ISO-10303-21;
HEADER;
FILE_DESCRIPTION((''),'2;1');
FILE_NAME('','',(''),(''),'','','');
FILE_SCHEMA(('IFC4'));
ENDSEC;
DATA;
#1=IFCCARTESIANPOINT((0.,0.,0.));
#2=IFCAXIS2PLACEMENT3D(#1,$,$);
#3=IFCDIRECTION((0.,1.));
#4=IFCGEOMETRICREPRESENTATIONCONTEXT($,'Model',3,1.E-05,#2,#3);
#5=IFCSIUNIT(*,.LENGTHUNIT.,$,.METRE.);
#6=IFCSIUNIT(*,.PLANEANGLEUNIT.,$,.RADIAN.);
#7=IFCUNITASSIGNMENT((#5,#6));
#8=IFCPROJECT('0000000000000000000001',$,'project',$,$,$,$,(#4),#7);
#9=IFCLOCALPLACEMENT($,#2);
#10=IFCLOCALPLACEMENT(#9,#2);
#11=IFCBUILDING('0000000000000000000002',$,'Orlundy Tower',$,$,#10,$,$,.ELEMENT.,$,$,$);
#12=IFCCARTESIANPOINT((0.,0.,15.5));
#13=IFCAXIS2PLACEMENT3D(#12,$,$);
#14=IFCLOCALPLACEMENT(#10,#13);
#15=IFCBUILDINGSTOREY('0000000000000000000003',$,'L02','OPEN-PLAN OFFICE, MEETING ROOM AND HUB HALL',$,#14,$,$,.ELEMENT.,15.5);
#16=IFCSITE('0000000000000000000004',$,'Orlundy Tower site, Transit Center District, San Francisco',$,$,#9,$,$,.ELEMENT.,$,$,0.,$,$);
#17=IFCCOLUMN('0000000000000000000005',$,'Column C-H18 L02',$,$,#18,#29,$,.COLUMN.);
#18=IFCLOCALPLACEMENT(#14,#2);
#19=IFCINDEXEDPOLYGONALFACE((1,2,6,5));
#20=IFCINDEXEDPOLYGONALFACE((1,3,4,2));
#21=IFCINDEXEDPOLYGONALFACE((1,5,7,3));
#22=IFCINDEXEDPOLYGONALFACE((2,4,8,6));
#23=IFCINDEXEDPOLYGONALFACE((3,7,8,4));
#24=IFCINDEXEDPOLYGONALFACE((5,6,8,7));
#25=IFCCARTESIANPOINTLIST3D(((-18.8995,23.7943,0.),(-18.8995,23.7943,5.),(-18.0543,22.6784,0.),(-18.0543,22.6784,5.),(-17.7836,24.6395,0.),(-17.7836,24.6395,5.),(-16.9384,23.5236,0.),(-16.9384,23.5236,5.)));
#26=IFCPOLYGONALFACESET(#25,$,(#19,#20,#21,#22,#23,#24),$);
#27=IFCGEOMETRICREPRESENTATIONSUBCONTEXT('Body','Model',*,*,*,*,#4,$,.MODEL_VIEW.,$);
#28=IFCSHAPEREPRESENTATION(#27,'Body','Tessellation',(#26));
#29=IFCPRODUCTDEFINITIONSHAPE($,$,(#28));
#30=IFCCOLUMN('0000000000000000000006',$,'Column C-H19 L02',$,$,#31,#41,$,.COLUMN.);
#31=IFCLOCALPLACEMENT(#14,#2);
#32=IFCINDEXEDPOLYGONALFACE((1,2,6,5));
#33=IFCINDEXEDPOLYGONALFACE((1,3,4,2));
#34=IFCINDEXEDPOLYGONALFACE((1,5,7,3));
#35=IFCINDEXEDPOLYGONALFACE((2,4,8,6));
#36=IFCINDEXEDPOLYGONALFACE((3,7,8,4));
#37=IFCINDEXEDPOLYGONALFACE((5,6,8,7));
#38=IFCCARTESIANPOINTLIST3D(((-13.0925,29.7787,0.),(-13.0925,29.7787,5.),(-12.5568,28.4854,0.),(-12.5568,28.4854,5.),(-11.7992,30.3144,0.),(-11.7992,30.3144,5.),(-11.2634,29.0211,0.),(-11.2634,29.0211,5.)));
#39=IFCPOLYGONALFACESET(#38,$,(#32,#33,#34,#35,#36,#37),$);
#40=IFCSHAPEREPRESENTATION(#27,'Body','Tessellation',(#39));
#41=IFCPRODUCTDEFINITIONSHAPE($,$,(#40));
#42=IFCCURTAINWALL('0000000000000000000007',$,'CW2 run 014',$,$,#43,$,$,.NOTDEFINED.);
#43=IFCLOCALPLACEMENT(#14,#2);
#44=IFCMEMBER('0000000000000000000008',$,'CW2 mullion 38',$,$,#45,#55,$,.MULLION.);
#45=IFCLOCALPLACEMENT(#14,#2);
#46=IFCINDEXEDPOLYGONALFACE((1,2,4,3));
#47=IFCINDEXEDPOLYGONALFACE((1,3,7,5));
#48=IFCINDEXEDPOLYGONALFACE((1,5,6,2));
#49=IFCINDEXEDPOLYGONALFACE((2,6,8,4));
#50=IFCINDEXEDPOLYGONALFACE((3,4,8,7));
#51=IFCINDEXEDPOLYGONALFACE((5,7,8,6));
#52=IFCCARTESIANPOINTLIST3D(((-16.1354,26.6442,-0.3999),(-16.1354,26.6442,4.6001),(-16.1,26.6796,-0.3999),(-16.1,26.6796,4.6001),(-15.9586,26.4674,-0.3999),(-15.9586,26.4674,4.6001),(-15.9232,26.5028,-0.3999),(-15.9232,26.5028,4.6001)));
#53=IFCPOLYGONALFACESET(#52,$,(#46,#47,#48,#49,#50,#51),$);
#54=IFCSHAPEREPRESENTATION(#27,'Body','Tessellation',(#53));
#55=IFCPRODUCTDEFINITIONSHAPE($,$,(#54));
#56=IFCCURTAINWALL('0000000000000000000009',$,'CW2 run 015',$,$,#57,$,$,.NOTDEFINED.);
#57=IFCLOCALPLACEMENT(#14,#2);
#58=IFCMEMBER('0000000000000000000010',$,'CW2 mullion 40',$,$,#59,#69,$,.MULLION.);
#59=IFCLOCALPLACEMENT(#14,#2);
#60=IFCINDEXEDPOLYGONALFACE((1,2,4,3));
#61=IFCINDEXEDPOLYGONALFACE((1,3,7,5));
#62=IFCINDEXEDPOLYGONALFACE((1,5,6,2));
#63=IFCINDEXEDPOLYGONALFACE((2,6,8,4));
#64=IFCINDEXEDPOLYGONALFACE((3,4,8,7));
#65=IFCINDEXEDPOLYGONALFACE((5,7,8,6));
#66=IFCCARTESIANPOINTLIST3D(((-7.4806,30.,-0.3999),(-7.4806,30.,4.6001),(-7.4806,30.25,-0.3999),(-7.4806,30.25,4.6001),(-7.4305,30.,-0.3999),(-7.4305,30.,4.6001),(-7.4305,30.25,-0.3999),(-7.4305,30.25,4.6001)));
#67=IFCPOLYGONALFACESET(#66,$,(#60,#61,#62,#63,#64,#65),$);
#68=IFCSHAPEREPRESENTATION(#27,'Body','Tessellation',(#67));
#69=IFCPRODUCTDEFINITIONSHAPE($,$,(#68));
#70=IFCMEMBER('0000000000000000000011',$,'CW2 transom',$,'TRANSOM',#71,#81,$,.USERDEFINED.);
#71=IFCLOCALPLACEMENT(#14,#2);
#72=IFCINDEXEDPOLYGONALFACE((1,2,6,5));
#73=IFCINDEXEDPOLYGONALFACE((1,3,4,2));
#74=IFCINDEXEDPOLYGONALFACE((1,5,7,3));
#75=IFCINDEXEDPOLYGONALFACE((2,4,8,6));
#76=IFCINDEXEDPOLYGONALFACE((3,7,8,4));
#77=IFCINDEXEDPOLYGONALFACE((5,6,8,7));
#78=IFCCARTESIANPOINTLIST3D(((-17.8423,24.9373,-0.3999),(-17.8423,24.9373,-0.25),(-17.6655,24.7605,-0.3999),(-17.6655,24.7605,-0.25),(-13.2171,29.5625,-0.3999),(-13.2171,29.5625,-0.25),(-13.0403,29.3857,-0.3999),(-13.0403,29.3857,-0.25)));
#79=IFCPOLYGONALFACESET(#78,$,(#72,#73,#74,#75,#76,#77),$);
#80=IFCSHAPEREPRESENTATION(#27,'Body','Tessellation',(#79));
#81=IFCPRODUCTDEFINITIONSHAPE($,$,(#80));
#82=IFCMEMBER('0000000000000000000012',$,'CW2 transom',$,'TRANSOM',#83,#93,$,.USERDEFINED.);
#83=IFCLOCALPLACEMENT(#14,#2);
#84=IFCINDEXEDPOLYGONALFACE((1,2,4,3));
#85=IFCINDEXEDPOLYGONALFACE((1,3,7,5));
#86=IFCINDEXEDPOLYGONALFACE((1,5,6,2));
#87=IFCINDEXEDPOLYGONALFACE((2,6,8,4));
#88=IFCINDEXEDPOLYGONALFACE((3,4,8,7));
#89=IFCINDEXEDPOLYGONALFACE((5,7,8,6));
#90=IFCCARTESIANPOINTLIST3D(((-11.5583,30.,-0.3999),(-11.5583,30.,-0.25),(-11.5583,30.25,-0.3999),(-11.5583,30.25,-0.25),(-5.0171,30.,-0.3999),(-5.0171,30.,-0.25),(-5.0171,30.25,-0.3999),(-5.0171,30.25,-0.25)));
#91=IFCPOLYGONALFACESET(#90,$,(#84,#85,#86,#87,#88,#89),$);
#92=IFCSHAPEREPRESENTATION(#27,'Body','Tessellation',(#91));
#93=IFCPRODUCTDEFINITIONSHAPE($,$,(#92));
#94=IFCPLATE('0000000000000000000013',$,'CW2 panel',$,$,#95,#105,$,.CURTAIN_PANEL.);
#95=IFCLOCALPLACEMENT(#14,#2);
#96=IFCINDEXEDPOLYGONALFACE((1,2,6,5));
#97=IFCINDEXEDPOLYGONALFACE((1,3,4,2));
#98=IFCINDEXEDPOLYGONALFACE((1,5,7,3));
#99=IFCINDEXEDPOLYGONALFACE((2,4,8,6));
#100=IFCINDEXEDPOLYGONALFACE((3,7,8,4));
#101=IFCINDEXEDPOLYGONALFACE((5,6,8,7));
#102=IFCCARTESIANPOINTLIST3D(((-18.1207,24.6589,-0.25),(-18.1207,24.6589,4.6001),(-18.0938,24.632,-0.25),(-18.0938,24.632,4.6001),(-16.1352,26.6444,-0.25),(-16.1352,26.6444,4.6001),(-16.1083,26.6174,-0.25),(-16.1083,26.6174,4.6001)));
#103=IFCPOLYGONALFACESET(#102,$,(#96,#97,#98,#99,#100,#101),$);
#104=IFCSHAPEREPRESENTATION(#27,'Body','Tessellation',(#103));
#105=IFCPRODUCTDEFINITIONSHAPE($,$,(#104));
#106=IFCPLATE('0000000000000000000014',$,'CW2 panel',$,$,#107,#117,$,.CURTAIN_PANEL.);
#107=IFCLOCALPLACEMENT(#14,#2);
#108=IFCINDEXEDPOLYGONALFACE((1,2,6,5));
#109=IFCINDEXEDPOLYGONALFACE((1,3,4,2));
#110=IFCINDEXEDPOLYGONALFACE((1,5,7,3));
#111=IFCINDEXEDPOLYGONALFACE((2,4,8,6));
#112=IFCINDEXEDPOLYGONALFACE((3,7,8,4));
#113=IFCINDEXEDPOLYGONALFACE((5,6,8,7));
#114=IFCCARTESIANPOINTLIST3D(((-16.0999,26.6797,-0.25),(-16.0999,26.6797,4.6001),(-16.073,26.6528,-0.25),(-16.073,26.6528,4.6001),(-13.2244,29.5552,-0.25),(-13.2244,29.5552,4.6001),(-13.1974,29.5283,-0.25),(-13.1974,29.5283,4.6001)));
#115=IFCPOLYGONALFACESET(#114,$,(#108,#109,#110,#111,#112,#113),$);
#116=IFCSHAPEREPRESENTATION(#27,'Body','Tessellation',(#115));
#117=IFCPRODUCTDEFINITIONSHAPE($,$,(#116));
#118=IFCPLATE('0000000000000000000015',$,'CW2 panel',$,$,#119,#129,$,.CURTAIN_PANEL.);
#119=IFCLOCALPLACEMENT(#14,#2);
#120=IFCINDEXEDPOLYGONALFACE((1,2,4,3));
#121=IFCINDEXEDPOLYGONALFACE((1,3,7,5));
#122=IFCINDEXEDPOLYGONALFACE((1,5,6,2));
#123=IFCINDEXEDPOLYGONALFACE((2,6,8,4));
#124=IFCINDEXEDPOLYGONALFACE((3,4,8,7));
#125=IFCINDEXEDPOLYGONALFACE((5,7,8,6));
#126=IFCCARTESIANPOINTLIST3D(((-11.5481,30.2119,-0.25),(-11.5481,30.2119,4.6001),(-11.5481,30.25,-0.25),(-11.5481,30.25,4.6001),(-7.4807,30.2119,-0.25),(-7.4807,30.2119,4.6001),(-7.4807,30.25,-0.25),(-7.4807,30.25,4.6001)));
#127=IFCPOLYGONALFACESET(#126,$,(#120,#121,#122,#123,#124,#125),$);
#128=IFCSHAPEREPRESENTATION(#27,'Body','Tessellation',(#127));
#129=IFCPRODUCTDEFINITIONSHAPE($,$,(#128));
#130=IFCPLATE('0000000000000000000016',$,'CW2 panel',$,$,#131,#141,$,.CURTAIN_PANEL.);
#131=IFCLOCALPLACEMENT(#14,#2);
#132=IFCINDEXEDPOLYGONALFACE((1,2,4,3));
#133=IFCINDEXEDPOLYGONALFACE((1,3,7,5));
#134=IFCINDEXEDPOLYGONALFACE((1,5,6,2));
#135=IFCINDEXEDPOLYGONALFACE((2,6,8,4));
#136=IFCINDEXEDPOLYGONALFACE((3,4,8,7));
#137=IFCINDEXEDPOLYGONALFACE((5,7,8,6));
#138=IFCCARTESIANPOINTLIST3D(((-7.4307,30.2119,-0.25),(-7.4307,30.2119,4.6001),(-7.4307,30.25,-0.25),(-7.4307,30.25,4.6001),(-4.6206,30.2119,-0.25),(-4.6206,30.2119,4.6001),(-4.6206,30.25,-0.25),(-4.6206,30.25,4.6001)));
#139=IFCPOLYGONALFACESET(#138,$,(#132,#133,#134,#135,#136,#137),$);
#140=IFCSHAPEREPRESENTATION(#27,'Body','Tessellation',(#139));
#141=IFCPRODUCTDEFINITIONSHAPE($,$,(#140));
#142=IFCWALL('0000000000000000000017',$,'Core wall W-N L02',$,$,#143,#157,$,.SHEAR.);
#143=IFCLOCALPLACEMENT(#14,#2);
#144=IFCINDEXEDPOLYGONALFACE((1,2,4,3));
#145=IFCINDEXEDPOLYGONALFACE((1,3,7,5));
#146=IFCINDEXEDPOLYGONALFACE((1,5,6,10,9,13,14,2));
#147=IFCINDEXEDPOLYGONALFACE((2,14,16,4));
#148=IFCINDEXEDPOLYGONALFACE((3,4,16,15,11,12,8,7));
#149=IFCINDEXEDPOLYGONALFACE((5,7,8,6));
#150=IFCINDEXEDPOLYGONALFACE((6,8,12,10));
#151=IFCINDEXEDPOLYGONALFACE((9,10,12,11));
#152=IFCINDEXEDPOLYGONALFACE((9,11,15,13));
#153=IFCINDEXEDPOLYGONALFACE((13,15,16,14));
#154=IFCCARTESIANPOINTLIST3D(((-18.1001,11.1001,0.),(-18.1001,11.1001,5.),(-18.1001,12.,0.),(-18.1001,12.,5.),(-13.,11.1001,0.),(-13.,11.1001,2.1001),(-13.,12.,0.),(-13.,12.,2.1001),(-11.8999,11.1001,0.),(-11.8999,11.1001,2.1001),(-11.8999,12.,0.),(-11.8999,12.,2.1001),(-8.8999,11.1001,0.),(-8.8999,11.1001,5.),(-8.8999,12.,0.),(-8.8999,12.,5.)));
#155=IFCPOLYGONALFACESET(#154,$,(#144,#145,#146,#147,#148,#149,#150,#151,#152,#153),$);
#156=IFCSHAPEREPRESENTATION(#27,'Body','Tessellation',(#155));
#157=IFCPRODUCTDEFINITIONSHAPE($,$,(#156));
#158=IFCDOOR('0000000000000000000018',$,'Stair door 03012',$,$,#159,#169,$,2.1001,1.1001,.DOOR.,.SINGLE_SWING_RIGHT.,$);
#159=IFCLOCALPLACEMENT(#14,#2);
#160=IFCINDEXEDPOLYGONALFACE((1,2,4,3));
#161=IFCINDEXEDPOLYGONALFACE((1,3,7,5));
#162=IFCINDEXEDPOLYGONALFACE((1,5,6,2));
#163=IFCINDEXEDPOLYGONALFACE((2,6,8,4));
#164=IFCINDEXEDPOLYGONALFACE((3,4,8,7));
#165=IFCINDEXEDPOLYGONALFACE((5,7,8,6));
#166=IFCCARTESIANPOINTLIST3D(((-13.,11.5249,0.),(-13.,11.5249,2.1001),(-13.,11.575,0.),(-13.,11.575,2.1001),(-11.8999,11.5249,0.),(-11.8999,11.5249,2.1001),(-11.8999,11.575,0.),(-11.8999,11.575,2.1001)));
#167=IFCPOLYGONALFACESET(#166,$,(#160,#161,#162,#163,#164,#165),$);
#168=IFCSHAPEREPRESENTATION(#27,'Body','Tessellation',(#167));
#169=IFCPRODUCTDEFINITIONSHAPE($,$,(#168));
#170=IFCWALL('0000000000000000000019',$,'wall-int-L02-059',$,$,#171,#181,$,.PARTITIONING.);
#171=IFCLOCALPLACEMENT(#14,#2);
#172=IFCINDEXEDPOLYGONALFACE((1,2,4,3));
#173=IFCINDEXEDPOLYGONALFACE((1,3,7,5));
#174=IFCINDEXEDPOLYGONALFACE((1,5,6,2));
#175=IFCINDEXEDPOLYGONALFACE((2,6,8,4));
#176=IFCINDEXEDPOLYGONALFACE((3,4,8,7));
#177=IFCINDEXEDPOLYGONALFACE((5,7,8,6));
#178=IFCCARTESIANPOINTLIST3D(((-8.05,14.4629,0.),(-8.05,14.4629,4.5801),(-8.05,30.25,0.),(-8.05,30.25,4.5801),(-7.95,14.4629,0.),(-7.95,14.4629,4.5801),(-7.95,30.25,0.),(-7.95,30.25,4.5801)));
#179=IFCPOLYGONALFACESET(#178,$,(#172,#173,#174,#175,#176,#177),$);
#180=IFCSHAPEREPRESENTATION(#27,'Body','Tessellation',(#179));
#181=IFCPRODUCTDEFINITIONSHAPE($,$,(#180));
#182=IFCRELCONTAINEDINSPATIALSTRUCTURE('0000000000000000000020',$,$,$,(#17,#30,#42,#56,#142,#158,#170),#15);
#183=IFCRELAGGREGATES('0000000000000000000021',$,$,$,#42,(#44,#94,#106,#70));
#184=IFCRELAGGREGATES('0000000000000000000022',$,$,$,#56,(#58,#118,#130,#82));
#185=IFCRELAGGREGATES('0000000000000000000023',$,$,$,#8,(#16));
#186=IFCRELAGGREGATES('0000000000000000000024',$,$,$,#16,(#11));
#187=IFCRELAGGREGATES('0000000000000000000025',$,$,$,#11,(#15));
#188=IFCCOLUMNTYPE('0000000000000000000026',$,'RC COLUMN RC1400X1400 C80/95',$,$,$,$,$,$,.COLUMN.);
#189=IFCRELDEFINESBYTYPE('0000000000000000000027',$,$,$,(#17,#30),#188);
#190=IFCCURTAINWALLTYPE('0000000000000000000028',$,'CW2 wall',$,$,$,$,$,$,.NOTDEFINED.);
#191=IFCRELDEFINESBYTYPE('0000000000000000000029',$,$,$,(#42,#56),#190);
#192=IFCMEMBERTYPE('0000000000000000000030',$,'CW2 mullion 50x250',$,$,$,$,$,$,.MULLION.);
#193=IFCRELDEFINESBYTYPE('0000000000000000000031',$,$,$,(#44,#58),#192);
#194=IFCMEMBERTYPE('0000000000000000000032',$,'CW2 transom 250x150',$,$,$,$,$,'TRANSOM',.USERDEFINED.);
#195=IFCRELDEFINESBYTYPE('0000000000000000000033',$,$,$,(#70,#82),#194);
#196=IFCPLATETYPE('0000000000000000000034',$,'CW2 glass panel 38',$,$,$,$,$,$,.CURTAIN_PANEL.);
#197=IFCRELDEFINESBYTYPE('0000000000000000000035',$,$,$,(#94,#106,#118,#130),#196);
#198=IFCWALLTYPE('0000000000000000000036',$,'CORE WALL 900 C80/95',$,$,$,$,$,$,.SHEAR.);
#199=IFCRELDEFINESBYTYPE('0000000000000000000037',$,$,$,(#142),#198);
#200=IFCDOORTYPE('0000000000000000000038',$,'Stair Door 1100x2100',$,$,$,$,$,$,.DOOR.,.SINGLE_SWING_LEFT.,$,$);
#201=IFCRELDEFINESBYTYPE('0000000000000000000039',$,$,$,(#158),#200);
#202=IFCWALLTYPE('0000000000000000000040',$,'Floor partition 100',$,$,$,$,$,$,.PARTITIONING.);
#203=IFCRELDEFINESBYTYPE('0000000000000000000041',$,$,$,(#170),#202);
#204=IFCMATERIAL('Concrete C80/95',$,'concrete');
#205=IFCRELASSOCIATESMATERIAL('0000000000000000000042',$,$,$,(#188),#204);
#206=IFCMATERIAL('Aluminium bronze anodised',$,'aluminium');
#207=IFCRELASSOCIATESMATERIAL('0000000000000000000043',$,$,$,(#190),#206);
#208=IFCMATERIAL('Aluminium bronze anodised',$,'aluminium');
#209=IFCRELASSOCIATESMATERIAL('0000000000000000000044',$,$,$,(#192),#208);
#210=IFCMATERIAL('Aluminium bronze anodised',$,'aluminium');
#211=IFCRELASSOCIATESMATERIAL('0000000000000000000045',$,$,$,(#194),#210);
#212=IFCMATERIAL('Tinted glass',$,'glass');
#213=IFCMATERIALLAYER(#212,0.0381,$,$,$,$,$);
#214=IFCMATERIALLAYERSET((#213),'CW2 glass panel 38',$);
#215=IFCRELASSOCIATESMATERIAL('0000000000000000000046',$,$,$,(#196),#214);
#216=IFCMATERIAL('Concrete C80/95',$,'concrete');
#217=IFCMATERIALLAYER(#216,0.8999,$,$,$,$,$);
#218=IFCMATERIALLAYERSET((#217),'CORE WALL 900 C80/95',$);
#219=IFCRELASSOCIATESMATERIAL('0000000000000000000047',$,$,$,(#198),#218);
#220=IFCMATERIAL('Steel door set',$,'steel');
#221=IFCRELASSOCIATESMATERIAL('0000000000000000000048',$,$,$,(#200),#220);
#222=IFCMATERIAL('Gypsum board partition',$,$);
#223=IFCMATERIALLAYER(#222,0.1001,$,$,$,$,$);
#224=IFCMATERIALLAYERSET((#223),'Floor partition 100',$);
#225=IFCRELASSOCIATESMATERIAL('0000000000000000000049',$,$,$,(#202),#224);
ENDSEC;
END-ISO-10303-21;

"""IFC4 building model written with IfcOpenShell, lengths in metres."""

from ifc_helpers import new_model, si_unit, direction, frame, frame_2d, origin, origin_2d, place, context, subcontext, project, spatial, rectangle, extrude, material, layer, layer_set, material_profile, profile_set, type_object, element, fill, aggregate, save


model = new_model("IFC4")

# Units and contexts
model_context = context("Model", 3, precision=1e-05, world=origin(), true_north=direction((0.0, 1.0)))
body_context = subcontext(model_context, "Body", "Model", "MODEL_VIEW")
ifc_project = project(units=[si_unit("LENGTHUNIT", "METRE"), si_unit("PLANEANGLEUNIT", "RADIAN")], contexts=[model_context])

# Site, building, storey
site_placement = place(None, origin())
site = spatial("IfcSite", under=ifc_project, at=site_placement, Name="Orlundy Tower site, Transit Center District, San Francisco", CompositionType="ELEMENT", RefElevation=0.0)
building_placement = place(site_placement, origin())
building = spatial("IfcBuilding", under=site, at=building_placement, Name="Orlundy Tower", CompositionType="ELEMENT")
storey_placement = place(building_placement, frame((0.0, 0.0, 15.5)))
storey = spatial("IfcBuildingStorey", under=building, at=storey_placement, Name="L02", Description="OPEN-PLAN OFFICE, MEETING ROOM AND HUB HALL", CompositionType="ELEMENT", Elevation=15.5)

# Columns
ifc_material_1 = material(Name="Concrete C80/95", Category="concrete")
ifc_material_profile_1 = material_profile(ifc_material_1, rectangle(XDim=1.3999, YDim=1.3999, at=origin_2d()), Name="RC1400X1400")
ifc_profile_set_1 = profile_set([ifc_material_profile_1], Name="Concrete C80/95")
column_type = type_object("IfcColumnType", Name="RC COLUMN RC1400X1400 C80/95", PredefinedType="COLUMN", material=ifc_profile_set_1)
for number, where, z_axis, x_axis, name in (
    (1, (-17.9189, 23.6589, 0.0), (0.0, 0.0, 1.0), (-0.603765, 0.797163, 0.0), "Column C-H18 L02"),
    (2, (-12.178, 29.3999, 0.0), (0.0, 0.0, 1.0), (-0.382683, 0.92388, 0.0), "Column C-H19 L02"),
):
    element("IfcColumn", number, at=place(storey_placement, frame(where, z_axis=z_axis, x_axis=x_axis)), inside=storey, type_object=column_type, Name=name, PredefinedType="COLUMN", context=body_context, shape_type="SweptSolid", body=[
        extrude(rectangle(XDim=1.3999, YDim=1.3999, at=origin_2d()), origin(), (0.0, 0.0, 1.0), 5.0),
    ])

# Curtain walls, members
ifc_material_2 = material(Name="Aluminium bronze anodised", Category="aluminium")
curtain_wall_type = type_object("IfcCurtainWallType", Name="CW2 wall", PredefinedType="NOTDEFINED", material=ifc_material_2)
curtain_wall_1_placement = place(storey_placement, origin())
curtain_wall_1 = element("IfcCurtainWall", 3, at=curtain_wall_1_placement, inside=storey, type_object=curtain_wall_type, Name="CW2 run 014", PredefinedType="NOTDEFINED")
ifc_material_3 = material(Name="Aluminium bronze anodised", Category="aluminium")
ifc_material_profile_2 = material_profile(ifc_material_3, rectangle(XDim=0.25, YDim=0.05, at=origin_2d()), Name="CW2 mullion 50x250")
ifc_profile_set_2 = profile_set([ifc_material_profile_2], Name="Aluminium bronze anodised")
member_type_1 = type_object("IfcMemberType", Name="CW2 mullion 50x250", PredefinedType="MULLION", material=ifc_profile_set_2)
member_1_placement = place(storey_placement, frame((-16.0293, 26.5735, -0.3999), z_axis=(0.0, 0.0, 1.0), x_axis=(-0.707107, 0.707107, 0.0)))
member_1 = element("IfcMember", 4, at=member_1_placement, type_object=member_type_1, Name="CW2 mullion 38", PredefinedType="MULLION", context=body_context, shape_type="SweptSolid", body=[
    extrude(rectangle(XDim=0.25, YDim=0.05, at=origin_2d()), origin(), (0.0, 0.0, 1.0), 5.0),
])
curtain_wall_2_placement = place(storey_placement, origin())
curtain_wall_2 = element("IfcCurtainWall", 5, at=curtain_wall_2_placement, inside=storey, type_object=curtain_wall_type, Name="CW2 run 015", PredefinedType="NOTDEFINED")
member_2_placement = place(storey_placement, frame((-7.4556, 30.125, -0.3999), z_axis=(0.0, 0.0, 1.0), x_axis=(0.0, 1.0, 0.0)))
member_2 = element("IfcMember", 6, at=member_2_placement, type_object=member_type_1, Name="CW2 mullion 40", PredefinedType="MULLION", context=body_context, shape_type="SweptSolid", body=[
    extrude(rectangle(XDim=0.25, YDim=0.05, at=origin_2d()), origin(), (0.0, 0.0, 1.0), 5.0),
])

# Members
ifc_material_4 = material(Name="Aluminium bronze anodised", Category="aluminium")
ifc_material_profile_3 = material_profile(ifc_material_4, rectangle(XDim=0.25, YDim=0.1499, at=origin_2d()), Name="CW2 transom 250x150")
ifc_profile_set_3 = profile_set([ifc_material_profile_3], Name="Aluminium bronze anodised")
member_type_2 = type_object("IfcMemberType", Name="CW2 transom 250x150", ElementType="TRANSOM", PredefinedType="USERDEFINED", material=ifc_profile_set_3)
member_3_placement = place(storey_placement, frame((-17.7539, 24.8489, -0.325), z_axis=(0.707107, 0.707107, 0.0), x_axis=(-0.707107, 0.707107, 0.0)))
member_3 = element("IfcMember", 7, at=member_3_placement, type_object=member_type_2, Name="CW2 transom", ObjectType="TRANSOM", PredefinedType="USERDEFINED", context=body_context, shape_type="SweptSolid", body=[
    extrude(rectangle(XDim=0.25, YDim=0.1499, at=origin_2d()), origin(), (0.0, 0.0, 1.0), 6.541),
])
member_4_placement = place(storey_placement, frame((-11.5583, 30.125, -0.325), z_axis=(1.0, 0.0, 0.0), x_axis=(0.0, 1.0, 0.0)))
member_4 = element("IfcMember", 8, at=member_4_placement, type_object=member_type_2, Name="CW2 transom", ObjectType="TRANSOM", PredefinedType="USERDEFINED", context=body_context, shape_type="SweptSolid", body=[
    extrude(rectangle(XDim=0.25, YDim=0.1499, at=origin_2d()), origin(), (0.0, 0.0, 1.0), 6.5413),
])

# Plates
ifc_material_5 = material(Name="Tinted glass", Category="glass")
ifc_layer_1 = layer(ifc_material_5, 0.0381)
ifc_layer_set_1 = layer_set([ifc_layer_1], Name="CW2 glass panel 38")
plate_type = type_object("IfcPlateType", Name="CW2 glass panel 38", PredefinedType="CURTAIN_PANEL", material=ifc_layer_set_1)
plate_1_placement = place(storey_placement, frame((-17.1145, 25.6382, -0.25), z_axis=(0.0, 0.0, 1.0), x_axis=(0.707107, 0.707107, 0.0)))
plate_1 = element("IfcPlate", 9, at=plate_1_placement, type_object=plate_type, Name="CW2 panel", PredefinedType="CURTAIN_PANEL", context=body_context, shape_type="SweptSolid", body=[
    extrude(rectangle(XDim=2.8079, YDim=0.0381, at=origin_2d()), origin(), (0.0, 0.0, 1.0), 4.8501),
])
plate_2_placement = place(storey_placement, frame((-14.6487, 28.104, -0.25), z_axis=(0.0, 0.0, 1.0), x_axis=(0.707107, 0.707107, 0.0)))
plate_2 = element("IfcPlate", 10, at=plate_2_placement, type_object=plate_type, Name="CW2 panel", PredefinedType="CURTAIN_PANEL", context=body_context, shape_type="SweptSolid", body=[
    extrude(rectangle(XDim=4.0667, YDim=0.0381, at=origin_2d()), origin(), (0.0, 0.0, 1.0), 4.8501),
])
aggregate(curtain_wall_1, [member_1, plate_1, plate_2, member_3])
plate_3_placement = place(storey_placement, frame((-9.5144, 30.231, -0.25), z_axis=(0.0, 0.0, 1.0), x_axis=(1.0, 0.0, 0.0)))
plate_3 = element("IfcPlate", 11, at=plate_3_placement, type_object=plate_type, Name="CW2 panel", PredefinedType="CURTAIN_PANEL", context=body_context, shape_type="SweptSolid", body=[
    extrude(rectangle(XDim=4.0674, YDim=0.0381, at=origin_2d()), origin(), (0.0, 0.0, 1.0), 4.8501),
])
plate_4_placement = place(storey_placement, frame((-6.0256, 30.231, -0.25), z_axis=(0.0, 0.0, 1.0), x_axis=(1.0, 0.0, 0.0)))
plate_4 = element("IfcPlate", 12, at=plate_4_placement, type_object=plate_type, Name="CW2 panel", PredefinedType="CURTAIN_PANEL", context=body_context, shape_type="SweptSolid", body=[
    extrude(rectangle(XDim=2.8101, YDim=0.0381, at=origin_2d()), origin(), (0.0, 0.0, 1.0), 4.8501),
])
aggregate(curtain_wall_2, [member_2, plate_3, plate_4, member_4])

# Wall, opening, door
ifc_material_6 = material(Name="Concrete C80/95", Category="concrete")
ifc_layer_2 = layer(ifc_material_6, 0.8999)
ifc_layer_set_2 = layer_set([ifc_layer_2], Name="CORE WALL 900 C80/95")
wall_type_1 = type_object("IfcWallType", Name="CORE WALL 900 C80/95", PredefinedType="SHEAR", material=ifc_layer_set_2)
wall_1_placement = place(storey_placement, frame((-18.1001, 11.55, 0.0), z_axis=(0.0, 0.0, 1.0), x_axis=(1.0, 0.0, 0.0)))
wall_1 = element("IfcWall", 13, at=wall_1_placement, inside=storey, type_object=wall_type_1, Name="Core wall W-N L02", PredefinedType="SHEAR", context=body_context, shape_type="SweptSolid", body=[
    extrude(rectangle(XDim=9.2002, YDim=0.8999, at=frame_2d((4.6001, 0.0))), origin(), (0.0, 0.0, 1.0), 5.0),
])
opening_1_placement = place(wall_1_placement, frame((5.1001, 0.0, 0.0)))
opening_1 = element("IfcOpeningElement", 14, at=opening_1_placement, cuts=wall_1, PredefinedType="OPENING", context=body_context, shape_type="SweptSolid", body=[
    extrude(rectangle(XDim=1.1001, YDim=2.1001, at=frame_2d((0.55, 1.05))), frame((0.0, 0.46, 0.0), z_axis=(0.0, -1.0, 0.0), x_axis=(1.0, 0.0, 0.0)), (0.0, 0.0, 1.0), 0.9199),
])
ifc_material_7 = material(Name="Steel door set", Category="steel")
door_type_1 = type_object("IfcDoorType", Name="Stair Door 1100x2100", OperationType="SINGLE_SWING_LEFT", PredefinedType="DOOR", material=ifc_material_7)
door_1_placement = place(opening_1_placement, origin())
door_1 = element("IfcDoor", 15, at=door_1_placement, inside=storey, type_object=door_type_1, Name="Stair door 03012", OperationType="SINGLE_SWING_RIGHT", OverallHeight=2.1001, OverallWidth=1.1001, PredefinedType="DOOR", context=body_context, shape_type="SweptSolid", body=[
    extrude(rectangle(XDim=1.1001, YDim=2.1001, at=frame_2d((0.55, 1.05))), frame((0.0, 0.0249, 0.0), z_axis=(0.0, -1.0, 0.0), x_axis=(1.0, 0.0, 0.0)), (0.0, 0.0, 1.0), 0.05),
])
fill(opening_1, door_1)

# Wall
ifc_material_8 = material(Name="Gypsum board partition")
ifc_layer_3 = layer(ifc_material_8, 0.1001)
ifc_layer_set_3 = layer_set([ifc_layer_3], Name="Floor partition 100")
wall_type_2 = type_object("IfcWallType", Name="Floor partition 100", PredefinedType="PARTITIONING", material=ifc_layer_set_3)
wall_2_placement = place(storey_placement, frame((-8.0, 14.4629, 0.0), z_axis=(0.0, 0.0, 1.0), x_axis=(0.0, 1.0, 0.0)))
element("IfcWall", 16, at=wall_2_placement, inside=storey, type_object=wall_type_2, Name="wall-int-L02-059", PredefinedType="PARTITIONING", context=body_context, shape_type="SweptSolid", body=[
    extrude(rectangle(XDim=15.7871, YDim=0.1001, at=frame_2d((7.8936, 0.0))), origin(), (0.0, 0.0, 1.0), 4.5801),
])

save(model, "model.ifc")
